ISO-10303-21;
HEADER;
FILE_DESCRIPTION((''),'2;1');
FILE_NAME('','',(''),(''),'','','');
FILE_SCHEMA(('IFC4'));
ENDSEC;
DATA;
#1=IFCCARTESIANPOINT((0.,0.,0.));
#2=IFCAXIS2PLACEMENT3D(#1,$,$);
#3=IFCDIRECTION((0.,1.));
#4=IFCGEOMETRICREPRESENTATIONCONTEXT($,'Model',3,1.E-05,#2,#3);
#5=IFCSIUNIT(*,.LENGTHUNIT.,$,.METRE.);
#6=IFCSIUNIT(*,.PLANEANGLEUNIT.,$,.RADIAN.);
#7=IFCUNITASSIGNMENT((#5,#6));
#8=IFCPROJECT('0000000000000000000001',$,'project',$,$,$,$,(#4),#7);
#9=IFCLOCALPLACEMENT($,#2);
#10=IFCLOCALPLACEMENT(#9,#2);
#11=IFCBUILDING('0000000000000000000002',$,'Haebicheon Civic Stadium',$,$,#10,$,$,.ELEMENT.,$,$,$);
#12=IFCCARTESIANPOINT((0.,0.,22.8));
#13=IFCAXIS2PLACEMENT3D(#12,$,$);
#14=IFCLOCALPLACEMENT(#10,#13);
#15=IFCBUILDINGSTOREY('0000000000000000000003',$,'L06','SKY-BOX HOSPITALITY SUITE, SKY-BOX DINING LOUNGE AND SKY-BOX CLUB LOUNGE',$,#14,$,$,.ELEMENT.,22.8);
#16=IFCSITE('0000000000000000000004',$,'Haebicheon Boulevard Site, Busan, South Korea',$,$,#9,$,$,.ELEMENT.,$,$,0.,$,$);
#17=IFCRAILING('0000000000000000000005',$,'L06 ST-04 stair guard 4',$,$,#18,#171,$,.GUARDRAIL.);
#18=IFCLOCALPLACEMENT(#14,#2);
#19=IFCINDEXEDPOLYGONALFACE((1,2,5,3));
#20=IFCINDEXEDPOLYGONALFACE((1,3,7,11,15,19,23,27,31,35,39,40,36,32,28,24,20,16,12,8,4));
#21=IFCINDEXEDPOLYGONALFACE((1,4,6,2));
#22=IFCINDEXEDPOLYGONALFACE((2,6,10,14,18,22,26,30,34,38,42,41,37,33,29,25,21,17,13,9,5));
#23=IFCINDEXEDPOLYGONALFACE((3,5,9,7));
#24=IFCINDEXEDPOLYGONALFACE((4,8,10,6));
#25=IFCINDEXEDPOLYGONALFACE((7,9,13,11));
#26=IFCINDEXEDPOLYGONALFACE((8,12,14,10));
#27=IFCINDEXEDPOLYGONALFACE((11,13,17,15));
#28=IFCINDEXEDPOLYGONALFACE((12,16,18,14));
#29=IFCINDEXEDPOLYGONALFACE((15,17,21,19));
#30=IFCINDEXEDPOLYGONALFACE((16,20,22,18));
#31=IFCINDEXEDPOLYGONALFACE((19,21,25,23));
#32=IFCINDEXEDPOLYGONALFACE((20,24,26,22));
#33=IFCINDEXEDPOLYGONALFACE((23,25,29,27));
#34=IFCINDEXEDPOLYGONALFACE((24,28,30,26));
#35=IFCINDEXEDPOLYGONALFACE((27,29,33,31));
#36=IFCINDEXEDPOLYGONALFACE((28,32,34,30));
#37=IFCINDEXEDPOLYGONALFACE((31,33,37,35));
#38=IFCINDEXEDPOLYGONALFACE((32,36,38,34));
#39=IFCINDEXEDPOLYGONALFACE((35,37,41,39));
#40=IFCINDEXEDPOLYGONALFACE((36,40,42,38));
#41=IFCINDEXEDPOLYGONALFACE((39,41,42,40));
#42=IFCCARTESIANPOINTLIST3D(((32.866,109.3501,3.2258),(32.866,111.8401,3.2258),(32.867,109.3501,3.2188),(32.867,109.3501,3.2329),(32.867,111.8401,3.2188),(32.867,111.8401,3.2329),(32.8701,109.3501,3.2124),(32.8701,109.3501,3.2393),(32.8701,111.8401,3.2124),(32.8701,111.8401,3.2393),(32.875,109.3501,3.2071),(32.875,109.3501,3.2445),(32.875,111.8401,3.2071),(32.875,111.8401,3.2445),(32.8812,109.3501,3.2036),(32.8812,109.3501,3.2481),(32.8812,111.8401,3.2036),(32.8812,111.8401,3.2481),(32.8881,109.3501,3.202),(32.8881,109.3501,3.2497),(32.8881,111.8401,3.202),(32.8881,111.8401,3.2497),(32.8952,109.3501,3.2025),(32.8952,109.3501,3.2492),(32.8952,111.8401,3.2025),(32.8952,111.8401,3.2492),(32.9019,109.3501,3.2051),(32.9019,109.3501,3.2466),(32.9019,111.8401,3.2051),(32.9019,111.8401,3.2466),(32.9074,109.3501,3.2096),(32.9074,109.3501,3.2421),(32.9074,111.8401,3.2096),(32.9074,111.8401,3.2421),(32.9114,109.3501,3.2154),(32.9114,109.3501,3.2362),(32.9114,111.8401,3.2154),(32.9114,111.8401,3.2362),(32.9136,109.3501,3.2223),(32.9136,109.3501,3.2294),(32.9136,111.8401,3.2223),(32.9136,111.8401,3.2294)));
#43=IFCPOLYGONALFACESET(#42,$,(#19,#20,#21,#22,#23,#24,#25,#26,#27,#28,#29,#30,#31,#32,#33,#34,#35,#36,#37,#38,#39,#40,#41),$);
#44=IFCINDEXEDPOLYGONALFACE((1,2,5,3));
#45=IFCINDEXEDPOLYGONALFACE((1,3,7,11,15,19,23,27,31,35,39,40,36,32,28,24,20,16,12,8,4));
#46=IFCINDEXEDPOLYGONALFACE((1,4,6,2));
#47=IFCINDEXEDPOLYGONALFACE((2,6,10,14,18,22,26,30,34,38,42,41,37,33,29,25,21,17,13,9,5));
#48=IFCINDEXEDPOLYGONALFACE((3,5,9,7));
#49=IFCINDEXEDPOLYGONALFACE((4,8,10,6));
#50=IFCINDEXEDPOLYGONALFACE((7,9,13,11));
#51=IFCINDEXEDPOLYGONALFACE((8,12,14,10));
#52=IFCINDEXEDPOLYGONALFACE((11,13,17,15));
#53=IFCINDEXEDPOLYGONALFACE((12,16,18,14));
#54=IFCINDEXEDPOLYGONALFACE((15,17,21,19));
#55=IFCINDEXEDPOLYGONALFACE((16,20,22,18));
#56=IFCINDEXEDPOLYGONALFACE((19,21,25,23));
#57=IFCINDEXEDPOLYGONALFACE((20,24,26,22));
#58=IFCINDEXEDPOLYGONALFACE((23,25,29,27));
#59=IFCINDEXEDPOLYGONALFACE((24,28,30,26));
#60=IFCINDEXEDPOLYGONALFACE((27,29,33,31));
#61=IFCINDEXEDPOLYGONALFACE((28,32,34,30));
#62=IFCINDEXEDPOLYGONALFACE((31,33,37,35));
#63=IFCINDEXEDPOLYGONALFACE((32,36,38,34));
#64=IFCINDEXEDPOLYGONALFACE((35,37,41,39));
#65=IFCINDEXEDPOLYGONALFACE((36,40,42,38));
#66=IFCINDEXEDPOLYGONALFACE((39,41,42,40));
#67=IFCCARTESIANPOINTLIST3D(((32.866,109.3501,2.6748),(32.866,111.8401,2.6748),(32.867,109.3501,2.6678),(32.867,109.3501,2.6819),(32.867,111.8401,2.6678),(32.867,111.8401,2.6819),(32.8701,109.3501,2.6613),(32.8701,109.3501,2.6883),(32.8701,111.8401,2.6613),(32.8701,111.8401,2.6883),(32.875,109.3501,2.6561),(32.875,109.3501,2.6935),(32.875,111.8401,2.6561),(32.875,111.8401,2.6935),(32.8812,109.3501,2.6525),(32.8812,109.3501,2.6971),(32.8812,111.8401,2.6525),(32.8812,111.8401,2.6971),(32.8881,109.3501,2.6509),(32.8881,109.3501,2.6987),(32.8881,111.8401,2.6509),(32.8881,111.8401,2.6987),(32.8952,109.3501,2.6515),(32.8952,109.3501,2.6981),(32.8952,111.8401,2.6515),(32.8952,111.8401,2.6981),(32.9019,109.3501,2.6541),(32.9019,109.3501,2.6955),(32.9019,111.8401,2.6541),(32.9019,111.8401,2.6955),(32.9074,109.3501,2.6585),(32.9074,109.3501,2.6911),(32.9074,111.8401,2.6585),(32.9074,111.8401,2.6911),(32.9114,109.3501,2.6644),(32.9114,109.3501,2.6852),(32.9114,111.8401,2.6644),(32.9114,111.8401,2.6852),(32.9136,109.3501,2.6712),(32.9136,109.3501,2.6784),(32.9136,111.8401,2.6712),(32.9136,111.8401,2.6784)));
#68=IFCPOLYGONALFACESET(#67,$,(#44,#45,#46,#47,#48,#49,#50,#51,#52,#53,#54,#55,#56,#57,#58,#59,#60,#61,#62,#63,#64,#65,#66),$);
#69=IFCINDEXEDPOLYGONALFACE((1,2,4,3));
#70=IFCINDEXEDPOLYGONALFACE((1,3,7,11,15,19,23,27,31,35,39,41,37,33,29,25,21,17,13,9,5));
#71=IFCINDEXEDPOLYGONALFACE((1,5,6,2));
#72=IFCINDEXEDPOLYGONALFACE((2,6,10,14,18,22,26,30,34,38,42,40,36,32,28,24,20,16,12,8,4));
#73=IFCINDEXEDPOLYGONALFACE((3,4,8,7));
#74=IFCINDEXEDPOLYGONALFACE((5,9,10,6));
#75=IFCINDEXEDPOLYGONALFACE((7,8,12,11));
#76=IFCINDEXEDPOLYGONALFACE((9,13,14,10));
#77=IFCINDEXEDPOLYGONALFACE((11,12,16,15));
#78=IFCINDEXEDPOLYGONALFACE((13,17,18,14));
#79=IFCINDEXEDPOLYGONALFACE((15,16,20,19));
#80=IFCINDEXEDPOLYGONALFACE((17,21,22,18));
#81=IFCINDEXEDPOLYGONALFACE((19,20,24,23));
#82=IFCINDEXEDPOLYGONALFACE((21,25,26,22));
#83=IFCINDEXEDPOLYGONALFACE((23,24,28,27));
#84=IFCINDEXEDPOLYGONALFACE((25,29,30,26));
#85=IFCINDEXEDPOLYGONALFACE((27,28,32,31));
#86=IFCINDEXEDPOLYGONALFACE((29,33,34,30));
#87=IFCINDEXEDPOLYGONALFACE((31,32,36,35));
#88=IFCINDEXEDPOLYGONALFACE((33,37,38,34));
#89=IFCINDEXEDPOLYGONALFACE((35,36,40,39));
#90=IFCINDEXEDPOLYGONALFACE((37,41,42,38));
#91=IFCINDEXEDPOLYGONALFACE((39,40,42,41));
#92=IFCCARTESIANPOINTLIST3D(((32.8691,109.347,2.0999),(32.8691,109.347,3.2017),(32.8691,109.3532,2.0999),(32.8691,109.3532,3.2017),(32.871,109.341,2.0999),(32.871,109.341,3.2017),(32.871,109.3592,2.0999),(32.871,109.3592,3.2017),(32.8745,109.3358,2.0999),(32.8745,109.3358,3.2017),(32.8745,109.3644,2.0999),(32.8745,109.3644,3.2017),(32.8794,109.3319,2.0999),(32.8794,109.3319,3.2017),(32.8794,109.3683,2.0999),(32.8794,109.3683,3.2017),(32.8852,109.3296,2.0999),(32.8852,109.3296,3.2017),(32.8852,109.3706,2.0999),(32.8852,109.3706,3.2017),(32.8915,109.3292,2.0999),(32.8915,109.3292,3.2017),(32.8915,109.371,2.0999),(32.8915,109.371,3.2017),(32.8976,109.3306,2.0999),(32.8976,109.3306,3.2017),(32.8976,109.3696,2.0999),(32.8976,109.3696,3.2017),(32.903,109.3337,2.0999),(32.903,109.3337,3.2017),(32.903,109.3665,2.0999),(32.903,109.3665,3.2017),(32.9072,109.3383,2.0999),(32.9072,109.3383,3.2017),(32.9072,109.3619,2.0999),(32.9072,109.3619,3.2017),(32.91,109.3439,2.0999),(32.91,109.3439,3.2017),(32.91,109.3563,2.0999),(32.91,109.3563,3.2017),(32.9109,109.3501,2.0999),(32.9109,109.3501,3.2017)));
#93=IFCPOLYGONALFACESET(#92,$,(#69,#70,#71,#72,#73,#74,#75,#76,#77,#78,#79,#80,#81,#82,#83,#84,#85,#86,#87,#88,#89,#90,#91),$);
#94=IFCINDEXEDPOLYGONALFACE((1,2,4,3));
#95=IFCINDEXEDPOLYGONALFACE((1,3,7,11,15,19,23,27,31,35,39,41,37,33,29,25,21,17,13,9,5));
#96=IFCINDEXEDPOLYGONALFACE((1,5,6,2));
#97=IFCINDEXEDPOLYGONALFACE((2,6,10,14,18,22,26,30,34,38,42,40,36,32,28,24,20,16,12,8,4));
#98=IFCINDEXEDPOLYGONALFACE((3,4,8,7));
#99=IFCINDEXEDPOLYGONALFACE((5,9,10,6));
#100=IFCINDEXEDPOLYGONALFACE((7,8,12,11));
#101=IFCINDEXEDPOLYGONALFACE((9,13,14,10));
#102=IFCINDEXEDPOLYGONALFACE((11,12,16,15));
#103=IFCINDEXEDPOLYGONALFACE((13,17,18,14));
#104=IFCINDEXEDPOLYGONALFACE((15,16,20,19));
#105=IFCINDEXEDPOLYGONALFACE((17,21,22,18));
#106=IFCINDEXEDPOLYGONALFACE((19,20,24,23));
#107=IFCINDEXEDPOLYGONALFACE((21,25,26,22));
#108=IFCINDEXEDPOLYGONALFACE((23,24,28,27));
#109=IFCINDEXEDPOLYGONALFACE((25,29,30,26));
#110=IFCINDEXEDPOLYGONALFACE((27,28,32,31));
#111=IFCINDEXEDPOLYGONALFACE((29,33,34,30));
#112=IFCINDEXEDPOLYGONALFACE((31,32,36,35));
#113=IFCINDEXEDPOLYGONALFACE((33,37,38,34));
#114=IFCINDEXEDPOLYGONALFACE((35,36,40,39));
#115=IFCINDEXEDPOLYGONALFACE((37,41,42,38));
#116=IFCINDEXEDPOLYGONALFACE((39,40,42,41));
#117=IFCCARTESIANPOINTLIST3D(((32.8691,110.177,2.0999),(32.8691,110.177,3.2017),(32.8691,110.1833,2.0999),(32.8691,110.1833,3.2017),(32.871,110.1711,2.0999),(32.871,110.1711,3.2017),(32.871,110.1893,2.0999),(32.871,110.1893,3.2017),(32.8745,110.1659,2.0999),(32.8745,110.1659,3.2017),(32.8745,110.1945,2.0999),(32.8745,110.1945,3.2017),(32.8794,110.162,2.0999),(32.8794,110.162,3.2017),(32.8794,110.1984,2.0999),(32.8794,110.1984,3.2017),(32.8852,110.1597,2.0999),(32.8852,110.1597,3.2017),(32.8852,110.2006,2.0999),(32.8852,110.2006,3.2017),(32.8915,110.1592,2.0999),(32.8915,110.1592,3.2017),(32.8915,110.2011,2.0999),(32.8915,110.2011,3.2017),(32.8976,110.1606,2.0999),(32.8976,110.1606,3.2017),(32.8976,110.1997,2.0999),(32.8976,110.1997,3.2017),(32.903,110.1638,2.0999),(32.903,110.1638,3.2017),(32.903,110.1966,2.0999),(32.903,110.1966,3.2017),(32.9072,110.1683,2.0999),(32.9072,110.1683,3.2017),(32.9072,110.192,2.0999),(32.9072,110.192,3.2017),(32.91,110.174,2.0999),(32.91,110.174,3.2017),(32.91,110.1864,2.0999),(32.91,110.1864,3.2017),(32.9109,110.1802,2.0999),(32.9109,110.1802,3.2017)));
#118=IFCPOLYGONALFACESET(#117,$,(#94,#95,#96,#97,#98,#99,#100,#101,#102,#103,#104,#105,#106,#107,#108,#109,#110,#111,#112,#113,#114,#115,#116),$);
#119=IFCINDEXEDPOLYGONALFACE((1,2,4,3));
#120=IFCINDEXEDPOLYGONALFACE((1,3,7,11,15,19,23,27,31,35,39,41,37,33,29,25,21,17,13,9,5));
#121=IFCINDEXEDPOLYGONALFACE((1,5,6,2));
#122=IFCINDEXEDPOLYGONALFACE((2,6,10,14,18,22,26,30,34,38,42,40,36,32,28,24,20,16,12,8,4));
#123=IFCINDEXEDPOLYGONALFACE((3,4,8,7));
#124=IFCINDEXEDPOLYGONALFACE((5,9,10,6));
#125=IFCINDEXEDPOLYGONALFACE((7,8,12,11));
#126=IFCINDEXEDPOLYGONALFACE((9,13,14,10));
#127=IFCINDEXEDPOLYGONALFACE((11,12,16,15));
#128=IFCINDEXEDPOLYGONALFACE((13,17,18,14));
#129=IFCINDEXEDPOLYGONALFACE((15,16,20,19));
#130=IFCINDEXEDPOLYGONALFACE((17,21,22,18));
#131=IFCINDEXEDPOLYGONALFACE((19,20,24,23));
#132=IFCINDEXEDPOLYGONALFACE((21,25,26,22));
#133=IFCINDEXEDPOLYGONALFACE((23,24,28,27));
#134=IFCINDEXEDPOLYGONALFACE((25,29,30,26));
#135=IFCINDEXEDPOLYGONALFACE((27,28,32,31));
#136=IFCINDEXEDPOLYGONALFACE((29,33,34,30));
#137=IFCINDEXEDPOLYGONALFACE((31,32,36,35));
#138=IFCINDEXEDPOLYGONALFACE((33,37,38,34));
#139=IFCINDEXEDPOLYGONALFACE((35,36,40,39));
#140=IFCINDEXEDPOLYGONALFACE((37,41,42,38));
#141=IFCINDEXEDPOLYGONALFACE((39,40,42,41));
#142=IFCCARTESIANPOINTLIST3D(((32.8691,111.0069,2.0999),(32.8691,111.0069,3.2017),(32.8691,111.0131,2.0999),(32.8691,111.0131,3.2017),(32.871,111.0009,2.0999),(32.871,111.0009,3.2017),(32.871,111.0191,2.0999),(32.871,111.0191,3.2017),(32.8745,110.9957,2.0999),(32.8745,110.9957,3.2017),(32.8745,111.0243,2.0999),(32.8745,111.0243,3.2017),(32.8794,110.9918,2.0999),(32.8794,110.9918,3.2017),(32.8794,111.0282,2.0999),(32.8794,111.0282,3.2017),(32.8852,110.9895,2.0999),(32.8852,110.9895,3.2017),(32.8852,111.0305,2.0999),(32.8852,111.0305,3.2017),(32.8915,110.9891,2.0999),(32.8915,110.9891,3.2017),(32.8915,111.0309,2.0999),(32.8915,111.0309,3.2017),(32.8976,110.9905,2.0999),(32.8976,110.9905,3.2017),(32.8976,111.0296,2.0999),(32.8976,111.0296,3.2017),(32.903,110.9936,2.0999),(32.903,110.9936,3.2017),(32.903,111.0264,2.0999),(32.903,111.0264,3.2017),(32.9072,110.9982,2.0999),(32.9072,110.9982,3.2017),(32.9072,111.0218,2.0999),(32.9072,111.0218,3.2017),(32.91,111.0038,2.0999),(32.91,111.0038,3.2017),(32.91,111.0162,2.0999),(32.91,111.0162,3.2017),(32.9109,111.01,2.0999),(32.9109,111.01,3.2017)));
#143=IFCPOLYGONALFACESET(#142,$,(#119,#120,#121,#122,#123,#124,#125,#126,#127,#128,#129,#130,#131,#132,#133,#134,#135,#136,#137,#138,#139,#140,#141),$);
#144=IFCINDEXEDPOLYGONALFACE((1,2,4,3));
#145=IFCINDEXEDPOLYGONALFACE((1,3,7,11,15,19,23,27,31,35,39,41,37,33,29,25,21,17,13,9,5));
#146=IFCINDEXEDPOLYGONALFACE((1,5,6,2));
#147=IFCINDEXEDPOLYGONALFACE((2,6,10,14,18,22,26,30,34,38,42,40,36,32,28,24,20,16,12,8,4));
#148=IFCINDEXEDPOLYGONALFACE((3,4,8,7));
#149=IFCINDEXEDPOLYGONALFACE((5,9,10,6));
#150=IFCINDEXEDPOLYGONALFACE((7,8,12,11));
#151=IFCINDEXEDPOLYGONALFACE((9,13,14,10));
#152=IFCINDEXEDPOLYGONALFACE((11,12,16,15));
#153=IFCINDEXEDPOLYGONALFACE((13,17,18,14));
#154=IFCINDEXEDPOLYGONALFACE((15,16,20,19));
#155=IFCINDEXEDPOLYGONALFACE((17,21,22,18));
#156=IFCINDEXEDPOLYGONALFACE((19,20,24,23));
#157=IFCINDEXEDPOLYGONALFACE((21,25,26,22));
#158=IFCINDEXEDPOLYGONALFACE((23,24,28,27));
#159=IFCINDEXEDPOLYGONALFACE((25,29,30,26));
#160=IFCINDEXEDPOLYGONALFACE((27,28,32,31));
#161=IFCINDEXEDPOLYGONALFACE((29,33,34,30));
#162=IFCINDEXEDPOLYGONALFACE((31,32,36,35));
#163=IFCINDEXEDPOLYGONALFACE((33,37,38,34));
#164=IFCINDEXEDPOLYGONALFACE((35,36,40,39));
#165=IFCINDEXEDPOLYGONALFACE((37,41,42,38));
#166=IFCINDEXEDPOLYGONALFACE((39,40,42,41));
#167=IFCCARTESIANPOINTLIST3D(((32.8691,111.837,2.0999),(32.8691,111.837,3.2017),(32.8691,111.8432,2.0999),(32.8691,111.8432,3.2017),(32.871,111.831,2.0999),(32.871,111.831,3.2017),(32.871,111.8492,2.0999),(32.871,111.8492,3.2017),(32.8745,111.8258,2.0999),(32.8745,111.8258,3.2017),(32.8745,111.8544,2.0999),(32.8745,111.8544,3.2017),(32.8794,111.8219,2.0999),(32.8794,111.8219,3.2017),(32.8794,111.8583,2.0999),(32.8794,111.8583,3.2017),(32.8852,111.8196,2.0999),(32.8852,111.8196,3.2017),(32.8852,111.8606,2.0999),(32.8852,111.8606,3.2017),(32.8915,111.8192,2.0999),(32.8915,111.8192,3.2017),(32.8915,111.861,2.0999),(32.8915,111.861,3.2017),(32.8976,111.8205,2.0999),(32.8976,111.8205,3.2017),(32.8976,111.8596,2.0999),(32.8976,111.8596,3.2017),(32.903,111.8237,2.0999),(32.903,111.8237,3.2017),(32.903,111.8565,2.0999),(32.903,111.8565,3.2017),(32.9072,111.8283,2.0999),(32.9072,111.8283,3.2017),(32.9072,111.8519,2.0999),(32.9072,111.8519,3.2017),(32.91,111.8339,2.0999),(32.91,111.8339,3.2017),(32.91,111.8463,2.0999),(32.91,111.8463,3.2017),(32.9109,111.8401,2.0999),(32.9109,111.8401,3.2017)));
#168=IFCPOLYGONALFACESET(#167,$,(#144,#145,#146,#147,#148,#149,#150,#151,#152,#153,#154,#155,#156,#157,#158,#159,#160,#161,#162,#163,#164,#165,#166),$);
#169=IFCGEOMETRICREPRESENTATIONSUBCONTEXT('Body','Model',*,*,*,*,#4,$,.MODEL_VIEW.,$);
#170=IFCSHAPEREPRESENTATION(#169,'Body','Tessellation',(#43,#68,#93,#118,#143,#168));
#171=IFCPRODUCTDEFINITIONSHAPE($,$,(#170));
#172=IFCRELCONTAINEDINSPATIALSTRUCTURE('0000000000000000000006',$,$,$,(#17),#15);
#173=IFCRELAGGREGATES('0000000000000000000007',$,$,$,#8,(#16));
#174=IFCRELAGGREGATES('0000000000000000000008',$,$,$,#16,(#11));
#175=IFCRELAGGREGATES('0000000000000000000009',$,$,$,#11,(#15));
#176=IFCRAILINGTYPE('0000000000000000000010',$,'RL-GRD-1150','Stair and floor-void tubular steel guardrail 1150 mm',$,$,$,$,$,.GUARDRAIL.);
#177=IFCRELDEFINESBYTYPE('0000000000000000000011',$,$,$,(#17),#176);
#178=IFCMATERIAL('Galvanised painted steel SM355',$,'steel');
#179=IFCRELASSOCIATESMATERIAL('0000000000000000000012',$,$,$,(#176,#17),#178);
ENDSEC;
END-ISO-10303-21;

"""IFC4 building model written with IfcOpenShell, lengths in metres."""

from ifc_helpers import new_model, si_unit, direction, frame, origin, origin_2d, place, context, subcontext, project, spatial, circle, extrude, material, type_object, element, save


model = new_model("IFC4")

# Units and contexts
model_context = context("Model", 3, precision=1e-05, world=origin(), true_north=direction((0.0, 1.0)))
body_context = subcontext(model_context, "Body", "Model", "MODEL_VIEW")
ifc_project = project(units=[si_unit("LENGTHUNIT", "METRE"), si_unit("PLANEANGLEUNIT", "RADIAN")], contexts=[model_context])

# Site, building, storey
site_placement = place(None, origin())
site = spatial("IfcSite", under=ifc_project, at=site_placement, Name="Haebicheon Boulevard Site, Busan, South Korea", CompositionType="ELEMENT", RefElevation=0.0)
building_placement = place(site_placement, origin())
building = spatial("IfcBuilding", under=site, at=building_placement, Name="Haebicheon Civic Stadium", CompositionType="ELEMENT")
storey_placement = place(building_placement, frame((0.0, 0.0, 22.8)))
storey = spatial("IfcBuildingStorey", under=building, at=storey_placement, Name="L06", Description="SKY-BOX HOSPITALITY SUITE, SKY-BOX DINING LOUNGE AND SKY-BOX CLUB LOUNGE", CompositionType="ELEMENT", Elevation=22.8)

# Railing
ifc_material_1 = material(Name="Galvanised painted steel SM355", Category="steel")
railing_type_1 = type_object("IfcRailingType", Name="RL-GRD-1150", Description="Stair and floor-void tubular steel guardrail 1150 mm", PredefinedType="GUARDRAIL", material=ifc_material_1)
for number, where, name in (
    (1, (32.8899, 109.3501, 2.0999), "L06 ST-04 stair guard 4"),
):
    element("IfcRailing", number, at=place(storey_placement, frame(where)), inside=storey, type_object=railing_type_1, material=ifc_material_1, Name=name, PredefinedType="GUARDRAIL", context=body_context, shape_type="SweptSolid", body=[
        extrude(circle(Radius=0.0239, at=origin_2d()), frame((0.0, 0.0, 1.126), z_axis=(0.0, 1.0, 0.0), x_axis=(-1.0, 0.0, 0.0)), (0.0, 0.0, 1.0), 2.49),
        extrude(circle(Radius=0.0239, at=origin_2d()), frame((0.0, 0.0, 0.575), z_axis=(0.0, 1.0, 0.0), x_axis=(-1.0, 0.0, 0.0)), (0.0, 0.0, 1.0), 2.49),
        extrude(circle(Radius=0.021, at=origin_2d()), origin(), (0.0, 0.0, 1.0), 1.1018),
        extrude(circle(Radius=0.021, at=origin_2d()), frame((0.0, 0.8301, 0.0)), (0.0, 0.0, 1.0), 1.1018),
        extrude(circle(Radius=0.021, at=origin_2d()), frame((0.0, 1.6599, 0.0)), (0.0, 0.0, 1.0), 1.1018),
        extrude(circle(Radius=0.021, at=origin_2d()), frame((0.0, 2.49, 0.0)), (0.0, 0.0, 1.0), 1.1018),
    ])

save(model, "model.ifc")
